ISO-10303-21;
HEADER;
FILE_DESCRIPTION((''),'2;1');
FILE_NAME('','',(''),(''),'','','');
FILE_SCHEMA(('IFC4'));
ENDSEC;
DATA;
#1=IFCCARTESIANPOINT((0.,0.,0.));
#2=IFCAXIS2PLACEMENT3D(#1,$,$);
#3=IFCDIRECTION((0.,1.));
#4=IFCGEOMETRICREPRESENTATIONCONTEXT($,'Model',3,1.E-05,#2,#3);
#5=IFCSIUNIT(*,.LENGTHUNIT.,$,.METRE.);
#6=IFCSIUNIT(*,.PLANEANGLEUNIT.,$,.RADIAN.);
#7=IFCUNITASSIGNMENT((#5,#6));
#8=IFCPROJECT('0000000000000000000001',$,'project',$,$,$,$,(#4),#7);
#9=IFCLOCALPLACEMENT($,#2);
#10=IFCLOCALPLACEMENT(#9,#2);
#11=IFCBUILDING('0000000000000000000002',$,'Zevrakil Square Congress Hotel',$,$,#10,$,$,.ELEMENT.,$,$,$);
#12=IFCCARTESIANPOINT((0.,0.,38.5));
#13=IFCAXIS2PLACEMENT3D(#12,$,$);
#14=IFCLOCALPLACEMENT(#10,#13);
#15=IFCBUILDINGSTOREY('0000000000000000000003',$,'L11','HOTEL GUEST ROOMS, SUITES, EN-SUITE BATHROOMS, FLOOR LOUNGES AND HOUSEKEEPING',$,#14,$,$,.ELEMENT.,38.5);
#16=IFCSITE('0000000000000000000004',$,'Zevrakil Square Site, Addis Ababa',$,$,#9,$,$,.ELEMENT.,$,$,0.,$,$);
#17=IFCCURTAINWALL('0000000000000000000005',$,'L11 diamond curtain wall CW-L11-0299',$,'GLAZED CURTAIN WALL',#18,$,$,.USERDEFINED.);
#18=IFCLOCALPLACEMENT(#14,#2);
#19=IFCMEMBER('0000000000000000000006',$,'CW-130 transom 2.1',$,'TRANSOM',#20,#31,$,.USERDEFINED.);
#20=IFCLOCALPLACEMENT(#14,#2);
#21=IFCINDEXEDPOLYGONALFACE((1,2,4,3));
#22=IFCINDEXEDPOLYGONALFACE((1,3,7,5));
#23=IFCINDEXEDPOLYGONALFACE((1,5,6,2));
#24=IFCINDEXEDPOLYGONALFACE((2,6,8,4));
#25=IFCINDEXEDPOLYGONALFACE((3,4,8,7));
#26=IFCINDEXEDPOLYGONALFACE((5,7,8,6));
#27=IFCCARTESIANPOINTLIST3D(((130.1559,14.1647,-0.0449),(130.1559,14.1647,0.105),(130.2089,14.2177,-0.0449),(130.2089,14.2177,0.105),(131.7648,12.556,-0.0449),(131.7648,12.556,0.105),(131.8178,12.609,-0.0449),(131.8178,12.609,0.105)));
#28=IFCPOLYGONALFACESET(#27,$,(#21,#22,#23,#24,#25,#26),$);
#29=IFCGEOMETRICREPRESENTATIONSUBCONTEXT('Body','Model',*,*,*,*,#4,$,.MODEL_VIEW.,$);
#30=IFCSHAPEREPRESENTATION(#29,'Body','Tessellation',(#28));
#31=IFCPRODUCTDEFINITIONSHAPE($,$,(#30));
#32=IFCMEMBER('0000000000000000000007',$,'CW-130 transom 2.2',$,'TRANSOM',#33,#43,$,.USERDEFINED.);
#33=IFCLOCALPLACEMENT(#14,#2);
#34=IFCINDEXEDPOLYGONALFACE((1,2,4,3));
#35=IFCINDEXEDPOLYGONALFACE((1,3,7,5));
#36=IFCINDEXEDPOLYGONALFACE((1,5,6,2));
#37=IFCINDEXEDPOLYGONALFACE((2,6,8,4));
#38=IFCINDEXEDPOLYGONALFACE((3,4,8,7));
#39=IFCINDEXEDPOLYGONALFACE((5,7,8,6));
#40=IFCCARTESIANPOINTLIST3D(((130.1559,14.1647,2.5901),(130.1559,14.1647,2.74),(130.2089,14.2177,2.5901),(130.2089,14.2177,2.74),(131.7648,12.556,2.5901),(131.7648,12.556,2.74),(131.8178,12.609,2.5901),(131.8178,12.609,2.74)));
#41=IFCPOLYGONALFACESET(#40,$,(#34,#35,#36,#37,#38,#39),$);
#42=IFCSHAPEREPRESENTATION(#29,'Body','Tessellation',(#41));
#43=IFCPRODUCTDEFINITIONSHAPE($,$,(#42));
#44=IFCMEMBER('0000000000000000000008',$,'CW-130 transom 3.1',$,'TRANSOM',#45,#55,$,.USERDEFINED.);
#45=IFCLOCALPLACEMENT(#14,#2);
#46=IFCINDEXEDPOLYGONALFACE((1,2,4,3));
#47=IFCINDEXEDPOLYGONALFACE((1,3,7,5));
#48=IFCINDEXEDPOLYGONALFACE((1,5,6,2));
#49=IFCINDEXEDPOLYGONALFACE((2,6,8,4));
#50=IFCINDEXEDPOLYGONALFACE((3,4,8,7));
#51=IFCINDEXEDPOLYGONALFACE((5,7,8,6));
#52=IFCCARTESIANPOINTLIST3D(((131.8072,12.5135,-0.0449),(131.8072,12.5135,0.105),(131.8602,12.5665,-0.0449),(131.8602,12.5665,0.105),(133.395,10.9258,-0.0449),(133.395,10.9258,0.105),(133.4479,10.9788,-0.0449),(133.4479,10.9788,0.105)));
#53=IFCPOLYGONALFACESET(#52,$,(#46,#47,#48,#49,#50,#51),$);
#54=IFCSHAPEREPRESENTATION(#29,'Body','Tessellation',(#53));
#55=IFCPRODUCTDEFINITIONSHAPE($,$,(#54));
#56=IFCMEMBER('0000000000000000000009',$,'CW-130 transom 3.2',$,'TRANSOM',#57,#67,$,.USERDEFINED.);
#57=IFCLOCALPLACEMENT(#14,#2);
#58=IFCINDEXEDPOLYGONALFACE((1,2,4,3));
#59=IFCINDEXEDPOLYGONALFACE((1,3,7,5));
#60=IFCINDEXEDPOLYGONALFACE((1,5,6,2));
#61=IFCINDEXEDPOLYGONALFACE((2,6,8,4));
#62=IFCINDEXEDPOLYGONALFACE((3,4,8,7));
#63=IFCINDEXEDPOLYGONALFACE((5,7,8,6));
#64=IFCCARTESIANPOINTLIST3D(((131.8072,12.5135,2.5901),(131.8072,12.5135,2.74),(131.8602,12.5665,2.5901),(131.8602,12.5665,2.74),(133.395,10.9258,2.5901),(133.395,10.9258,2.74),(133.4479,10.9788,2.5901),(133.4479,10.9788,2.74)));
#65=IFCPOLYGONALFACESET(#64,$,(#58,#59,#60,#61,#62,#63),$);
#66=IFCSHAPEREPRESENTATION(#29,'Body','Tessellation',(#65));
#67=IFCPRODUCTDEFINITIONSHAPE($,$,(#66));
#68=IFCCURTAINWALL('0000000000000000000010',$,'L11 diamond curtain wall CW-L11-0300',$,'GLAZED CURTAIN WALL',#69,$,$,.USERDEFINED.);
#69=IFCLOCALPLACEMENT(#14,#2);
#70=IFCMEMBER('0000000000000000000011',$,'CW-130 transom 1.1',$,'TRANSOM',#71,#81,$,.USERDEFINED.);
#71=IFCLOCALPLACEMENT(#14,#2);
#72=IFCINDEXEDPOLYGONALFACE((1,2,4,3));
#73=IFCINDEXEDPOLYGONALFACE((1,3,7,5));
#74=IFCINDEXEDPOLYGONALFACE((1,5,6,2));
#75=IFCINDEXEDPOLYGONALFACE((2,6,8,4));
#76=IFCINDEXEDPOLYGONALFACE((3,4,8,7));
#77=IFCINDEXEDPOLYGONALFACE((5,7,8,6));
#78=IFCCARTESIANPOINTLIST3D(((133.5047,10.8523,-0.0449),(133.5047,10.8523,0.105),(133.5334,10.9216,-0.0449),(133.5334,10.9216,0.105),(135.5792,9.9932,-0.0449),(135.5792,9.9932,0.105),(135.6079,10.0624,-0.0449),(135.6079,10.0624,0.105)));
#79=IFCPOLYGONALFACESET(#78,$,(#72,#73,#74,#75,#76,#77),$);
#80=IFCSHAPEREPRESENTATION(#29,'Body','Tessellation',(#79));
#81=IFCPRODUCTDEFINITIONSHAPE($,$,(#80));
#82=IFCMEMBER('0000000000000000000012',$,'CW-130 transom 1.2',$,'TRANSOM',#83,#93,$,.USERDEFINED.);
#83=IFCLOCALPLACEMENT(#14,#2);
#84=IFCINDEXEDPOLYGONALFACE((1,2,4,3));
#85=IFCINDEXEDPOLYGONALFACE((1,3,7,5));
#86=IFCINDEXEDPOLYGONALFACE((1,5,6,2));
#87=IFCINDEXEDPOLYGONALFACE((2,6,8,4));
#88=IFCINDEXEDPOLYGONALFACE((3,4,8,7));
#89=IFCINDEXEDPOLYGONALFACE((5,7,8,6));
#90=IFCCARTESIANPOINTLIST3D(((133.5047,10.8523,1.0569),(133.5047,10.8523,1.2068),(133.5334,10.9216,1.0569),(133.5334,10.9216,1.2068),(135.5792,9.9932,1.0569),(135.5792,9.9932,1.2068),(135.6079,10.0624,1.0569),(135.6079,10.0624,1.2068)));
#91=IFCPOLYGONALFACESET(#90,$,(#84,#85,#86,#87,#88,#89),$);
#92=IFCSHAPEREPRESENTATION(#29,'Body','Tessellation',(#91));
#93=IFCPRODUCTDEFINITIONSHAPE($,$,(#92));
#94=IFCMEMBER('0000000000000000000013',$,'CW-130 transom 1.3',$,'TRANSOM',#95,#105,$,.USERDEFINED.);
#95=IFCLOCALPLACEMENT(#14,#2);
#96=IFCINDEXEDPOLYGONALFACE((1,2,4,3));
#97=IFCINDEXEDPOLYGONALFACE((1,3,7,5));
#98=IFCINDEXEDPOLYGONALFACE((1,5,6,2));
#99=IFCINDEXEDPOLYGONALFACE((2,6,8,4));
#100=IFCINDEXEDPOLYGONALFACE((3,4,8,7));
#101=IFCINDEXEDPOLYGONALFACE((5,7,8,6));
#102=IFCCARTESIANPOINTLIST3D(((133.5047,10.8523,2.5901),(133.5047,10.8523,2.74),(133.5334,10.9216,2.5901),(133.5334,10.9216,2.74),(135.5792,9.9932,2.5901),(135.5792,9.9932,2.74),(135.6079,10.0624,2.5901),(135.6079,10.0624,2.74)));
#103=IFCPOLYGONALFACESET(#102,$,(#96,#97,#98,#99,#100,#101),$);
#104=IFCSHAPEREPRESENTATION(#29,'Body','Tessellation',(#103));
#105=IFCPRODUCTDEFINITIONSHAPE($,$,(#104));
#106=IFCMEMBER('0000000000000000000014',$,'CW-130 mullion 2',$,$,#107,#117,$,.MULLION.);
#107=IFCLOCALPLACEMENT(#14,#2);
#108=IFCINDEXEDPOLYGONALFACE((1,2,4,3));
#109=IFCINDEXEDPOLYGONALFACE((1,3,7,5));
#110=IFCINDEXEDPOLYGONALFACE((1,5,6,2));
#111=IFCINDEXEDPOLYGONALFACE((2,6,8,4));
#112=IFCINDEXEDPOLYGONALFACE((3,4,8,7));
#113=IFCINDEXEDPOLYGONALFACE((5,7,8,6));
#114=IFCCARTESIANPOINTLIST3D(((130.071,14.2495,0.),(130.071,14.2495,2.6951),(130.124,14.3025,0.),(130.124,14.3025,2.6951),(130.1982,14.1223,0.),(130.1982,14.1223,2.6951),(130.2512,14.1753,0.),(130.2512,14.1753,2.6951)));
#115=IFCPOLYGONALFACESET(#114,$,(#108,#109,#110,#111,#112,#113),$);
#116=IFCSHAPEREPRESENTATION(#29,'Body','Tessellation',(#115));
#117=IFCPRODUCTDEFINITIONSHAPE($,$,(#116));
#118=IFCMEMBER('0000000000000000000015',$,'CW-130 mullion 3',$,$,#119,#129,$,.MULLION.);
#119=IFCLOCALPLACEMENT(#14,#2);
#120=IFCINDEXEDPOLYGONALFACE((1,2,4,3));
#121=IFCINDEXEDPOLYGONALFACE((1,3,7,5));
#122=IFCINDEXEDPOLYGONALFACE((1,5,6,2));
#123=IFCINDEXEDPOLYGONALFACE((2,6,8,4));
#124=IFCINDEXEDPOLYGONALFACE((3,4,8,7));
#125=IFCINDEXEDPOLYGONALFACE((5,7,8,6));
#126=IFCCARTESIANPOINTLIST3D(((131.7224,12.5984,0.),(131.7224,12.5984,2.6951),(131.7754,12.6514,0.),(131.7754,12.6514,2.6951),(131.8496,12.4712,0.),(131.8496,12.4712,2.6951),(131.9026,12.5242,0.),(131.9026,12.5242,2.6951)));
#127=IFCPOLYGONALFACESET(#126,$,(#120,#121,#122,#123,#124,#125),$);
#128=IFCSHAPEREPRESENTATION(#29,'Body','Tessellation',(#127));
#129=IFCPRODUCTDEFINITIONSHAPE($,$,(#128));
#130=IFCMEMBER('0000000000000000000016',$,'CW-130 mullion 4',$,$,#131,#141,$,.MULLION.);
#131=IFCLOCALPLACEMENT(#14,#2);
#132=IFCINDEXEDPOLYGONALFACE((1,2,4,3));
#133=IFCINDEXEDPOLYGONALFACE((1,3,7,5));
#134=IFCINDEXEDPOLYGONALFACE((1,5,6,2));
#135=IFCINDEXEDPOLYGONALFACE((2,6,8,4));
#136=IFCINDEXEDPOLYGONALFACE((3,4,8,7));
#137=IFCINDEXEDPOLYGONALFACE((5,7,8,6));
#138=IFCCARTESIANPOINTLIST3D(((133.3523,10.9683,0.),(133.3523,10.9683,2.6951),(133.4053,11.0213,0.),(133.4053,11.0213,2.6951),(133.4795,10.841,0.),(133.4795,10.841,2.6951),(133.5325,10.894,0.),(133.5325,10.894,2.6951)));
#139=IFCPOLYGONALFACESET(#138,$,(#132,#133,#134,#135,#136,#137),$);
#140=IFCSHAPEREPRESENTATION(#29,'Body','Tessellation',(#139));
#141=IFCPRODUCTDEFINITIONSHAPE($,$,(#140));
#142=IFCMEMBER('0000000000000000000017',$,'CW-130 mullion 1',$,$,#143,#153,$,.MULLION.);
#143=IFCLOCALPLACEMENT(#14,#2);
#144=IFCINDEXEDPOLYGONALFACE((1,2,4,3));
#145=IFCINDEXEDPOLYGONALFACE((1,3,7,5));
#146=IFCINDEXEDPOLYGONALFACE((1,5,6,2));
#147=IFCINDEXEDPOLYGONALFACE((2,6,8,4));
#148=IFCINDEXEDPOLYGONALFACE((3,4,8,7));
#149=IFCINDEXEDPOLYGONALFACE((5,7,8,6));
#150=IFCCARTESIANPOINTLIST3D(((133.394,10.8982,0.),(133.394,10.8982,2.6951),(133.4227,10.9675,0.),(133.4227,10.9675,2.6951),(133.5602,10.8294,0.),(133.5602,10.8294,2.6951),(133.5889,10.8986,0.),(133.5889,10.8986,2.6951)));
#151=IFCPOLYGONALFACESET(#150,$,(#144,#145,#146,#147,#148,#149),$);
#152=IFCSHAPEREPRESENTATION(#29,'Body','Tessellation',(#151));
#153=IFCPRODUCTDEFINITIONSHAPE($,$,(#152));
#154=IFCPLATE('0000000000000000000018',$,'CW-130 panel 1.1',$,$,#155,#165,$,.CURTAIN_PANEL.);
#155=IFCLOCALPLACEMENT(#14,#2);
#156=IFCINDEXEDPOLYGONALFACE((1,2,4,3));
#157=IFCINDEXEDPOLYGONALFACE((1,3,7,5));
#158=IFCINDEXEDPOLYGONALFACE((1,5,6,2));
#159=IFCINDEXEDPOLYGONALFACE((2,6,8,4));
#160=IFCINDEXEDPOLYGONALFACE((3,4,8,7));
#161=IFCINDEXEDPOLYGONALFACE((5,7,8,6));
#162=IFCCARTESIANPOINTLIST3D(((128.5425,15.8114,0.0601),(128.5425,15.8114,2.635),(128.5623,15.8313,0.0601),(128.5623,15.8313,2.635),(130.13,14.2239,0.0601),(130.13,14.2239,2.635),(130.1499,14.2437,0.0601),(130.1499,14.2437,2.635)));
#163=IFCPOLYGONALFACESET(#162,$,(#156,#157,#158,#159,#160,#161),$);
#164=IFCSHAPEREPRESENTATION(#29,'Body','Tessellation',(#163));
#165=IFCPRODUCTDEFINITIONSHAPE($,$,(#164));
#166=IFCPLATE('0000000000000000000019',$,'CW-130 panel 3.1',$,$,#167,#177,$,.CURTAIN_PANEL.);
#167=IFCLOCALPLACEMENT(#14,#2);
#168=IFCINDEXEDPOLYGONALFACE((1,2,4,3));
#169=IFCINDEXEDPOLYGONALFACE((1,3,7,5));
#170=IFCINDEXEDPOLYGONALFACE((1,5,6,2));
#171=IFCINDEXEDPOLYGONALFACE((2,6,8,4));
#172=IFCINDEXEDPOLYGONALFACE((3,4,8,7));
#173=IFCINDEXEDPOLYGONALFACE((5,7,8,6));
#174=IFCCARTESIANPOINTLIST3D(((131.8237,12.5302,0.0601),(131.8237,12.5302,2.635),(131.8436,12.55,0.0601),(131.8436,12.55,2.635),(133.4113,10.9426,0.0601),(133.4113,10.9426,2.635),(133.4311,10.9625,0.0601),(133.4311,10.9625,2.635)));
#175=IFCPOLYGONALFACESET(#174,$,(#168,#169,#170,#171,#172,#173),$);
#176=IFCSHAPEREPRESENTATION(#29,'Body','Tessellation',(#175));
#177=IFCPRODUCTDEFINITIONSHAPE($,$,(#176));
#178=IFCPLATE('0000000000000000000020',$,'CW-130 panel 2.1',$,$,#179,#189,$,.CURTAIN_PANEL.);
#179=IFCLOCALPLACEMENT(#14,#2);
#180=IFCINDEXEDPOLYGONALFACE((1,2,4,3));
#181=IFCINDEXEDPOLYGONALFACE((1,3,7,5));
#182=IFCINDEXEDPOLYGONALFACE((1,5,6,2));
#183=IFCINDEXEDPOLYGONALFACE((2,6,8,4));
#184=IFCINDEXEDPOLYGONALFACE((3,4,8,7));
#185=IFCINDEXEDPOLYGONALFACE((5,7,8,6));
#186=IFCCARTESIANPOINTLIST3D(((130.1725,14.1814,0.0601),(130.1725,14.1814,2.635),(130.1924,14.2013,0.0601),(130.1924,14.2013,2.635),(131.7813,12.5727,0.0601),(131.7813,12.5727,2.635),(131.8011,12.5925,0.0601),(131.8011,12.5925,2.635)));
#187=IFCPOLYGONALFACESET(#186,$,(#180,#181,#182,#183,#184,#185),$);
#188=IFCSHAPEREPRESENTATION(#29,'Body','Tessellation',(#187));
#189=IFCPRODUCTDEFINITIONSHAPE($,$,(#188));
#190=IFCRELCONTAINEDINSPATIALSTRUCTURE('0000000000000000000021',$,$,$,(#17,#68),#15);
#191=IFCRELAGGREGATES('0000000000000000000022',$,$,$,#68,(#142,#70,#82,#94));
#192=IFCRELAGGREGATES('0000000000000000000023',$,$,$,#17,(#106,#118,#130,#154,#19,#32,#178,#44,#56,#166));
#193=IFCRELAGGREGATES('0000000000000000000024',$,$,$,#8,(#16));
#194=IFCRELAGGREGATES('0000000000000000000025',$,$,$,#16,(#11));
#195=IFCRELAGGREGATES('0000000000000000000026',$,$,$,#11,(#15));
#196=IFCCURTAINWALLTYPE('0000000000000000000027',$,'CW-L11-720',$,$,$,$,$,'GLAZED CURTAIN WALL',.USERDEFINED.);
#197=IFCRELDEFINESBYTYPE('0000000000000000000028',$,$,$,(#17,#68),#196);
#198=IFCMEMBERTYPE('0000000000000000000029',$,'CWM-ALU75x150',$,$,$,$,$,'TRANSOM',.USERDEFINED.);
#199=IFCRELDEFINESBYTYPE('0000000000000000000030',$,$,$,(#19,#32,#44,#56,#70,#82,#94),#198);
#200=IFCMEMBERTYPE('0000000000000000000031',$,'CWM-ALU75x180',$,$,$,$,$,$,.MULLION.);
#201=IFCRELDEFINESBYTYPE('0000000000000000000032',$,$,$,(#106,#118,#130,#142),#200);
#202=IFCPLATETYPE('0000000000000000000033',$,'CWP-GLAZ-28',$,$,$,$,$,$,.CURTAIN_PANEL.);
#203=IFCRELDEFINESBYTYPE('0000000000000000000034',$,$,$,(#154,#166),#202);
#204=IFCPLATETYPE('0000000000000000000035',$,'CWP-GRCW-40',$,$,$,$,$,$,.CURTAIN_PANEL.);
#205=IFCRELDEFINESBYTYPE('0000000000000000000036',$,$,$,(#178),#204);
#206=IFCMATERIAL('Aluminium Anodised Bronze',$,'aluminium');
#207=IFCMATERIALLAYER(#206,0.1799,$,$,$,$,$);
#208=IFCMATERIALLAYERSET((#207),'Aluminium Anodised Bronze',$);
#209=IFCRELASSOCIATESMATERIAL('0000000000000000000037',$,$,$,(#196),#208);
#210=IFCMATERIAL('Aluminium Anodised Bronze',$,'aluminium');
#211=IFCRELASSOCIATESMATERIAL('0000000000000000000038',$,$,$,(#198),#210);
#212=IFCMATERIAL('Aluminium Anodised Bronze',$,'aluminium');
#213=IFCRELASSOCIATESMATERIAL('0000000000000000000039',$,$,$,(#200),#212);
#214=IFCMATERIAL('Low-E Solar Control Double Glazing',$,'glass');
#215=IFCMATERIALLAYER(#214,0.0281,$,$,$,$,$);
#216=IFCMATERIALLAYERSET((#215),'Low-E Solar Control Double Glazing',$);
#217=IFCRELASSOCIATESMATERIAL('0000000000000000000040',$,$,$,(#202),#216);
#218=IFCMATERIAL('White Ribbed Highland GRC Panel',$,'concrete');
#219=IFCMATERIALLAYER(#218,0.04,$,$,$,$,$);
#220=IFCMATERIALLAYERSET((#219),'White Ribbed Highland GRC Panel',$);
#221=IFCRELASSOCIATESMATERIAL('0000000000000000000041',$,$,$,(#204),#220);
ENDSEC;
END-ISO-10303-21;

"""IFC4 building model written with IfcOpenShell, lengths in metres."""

from ifc_helpers import new_model, si_unit, direction, frame, origin, origin_2d, place, context, subcontext, project, spatial, rectangle, extrude, material, layer, layer_set, material_profile, profile_set, type_object, element, aggregate, save


model = new_model("IFC4")

# Units and contexts
model_context = context("Model", 3, precision=1e-05, world=origin(), true_north=direction((0.0, 1.0)))
body_context = subcontext(model_context, "Body", "Model", "MODEL_VIEW")
ifc_project = project(units=[si_unit("LENGTHUNIT", "METRE"), si_unit("PLANEANGLEUNIT", "RADIAN")], contexts=[model_context])

# Site, building, storey
site_placement = place(None, origin())
site = spatial("IfcSite", under=ifc_project, at=site_placement, Name="Zevrakil Square Site, Addis Ababa", CompositionType="ELEMENT", RefElevation=0.0)
building_placement = place(site_placement, origin())
building = spatial("IfcBuilding", under=site, at=building_placement, Name="Zevrakil Square Congress Hotel", CompositionType="ELEMENT")
storey_placement = place(building_placement, frame((0.0, 0.0, 38.5)))
storey = spatial("IfcBuildingStorey", under=building, at=storey_placement, Name="L11", Description="HOTEL GUEST ROOMS, SUITES, EN-SUITE BATHROOMS, FLOOR LOUNGES AND HOUSEKEEPING", CompositionType="ELEMENT", Elevation=38.5)

# Curtain walls, members
ifc_material_1 = material(Name="Aluminium Anodised Bronze", Category="aluminium")
ifc_layer_1 = layer(ifc_material_1, 0.1799)
ifc_layer_set_1 = layer_set([ifc_layer_1], Name="Aluminium Anodised Bronze")
curtain_wall_type = type_object("IfcCurtainWallType", Name="CW-L11-720", ElementType="GLAZED CURTAIN WALL", PredefinedType="USERDEFINED", material=ifc_layer_set_1)
curtain_wall_1_placement = place(storey_placement, origin())
curtain_wall_1 = element("IfcCurtainWall", 1, at=curtain_wall_1_placement, inside=storey, type_object=curtain_wall_type, Name="L11 diamond curtain wall CW-L11-0299", ObjectType="GLAZED CURTAIN WALL", PredefinedType="USERDEFINED")
ifc_material_2 = material(Name="Aluminium Anodised Bronze", Category="aluminium")
ifc_material_profile_1 = material_profile(ifc_material_2, rectangle(XDim=0.075, YDim=0.1499, at=origin_2d()), Name="ALU 75x150")
ifc_profile_set_1 = profile_set([ifc_material_profile_1], Name="Aluminium Anodised Bronze")
member_type_1 = type_object("IfcMemberType", Name="CWM-ALU75x150", ElementType="TRANSOM", PredefinedType="USERDEFINED", material=ifc_profile_set_1)
member_1_placement = place(storey_placement, frame((130.1824, 14.1912, 0.03), z_axis=(0.70716, -0.707053, 0.0), x_axis=(0.707053, 0.70716, 0.0)))
member_1 = element("IfcMember", 2, at=member_1_placement, type_object=member_type_1, Name="CW-130 transom 2.1", ObjectType="TRANSOM", PredefinedType="USERDEFINED", context=body_context, shape_type="SweptSolid", body=[
    extrude(rectangle(XDim=0.075, YDim=0.1499, at=origin_2d()), origin(), (0.0, 0.0, 1.0), 2.2751),
])
member_2_placement = place(storey_placement, frame((130.1824, 14.1912, 2.665), z_axis=(0.70716, -0.707053, 0.0), x_axis=(0.707053, 0.70716, 0.0)))
member_2 = element("IfcMember", 3, at=member_2_placement, type_object=member_type_1, Name="CW-130 transom 2.2", ObjectType="TRANSOM", PredefinedType="USERDEFINED", context=body_context, shape_type="SweptSolid", body=[
    extrude(rectangle(XDim=0.075, YDim=0.1499, at=origin_2d()), origin(), (0.0, 0.0, 1.0), 2.2751),
])
member_3_placement = place(storey_placement, frame((131.8337, 12.54, 0.03), z_axis=(0.707107, -0.707107, 0.0), x_axis=(0.707107, 0.707107, 0.0)))
member_3 = element("IfcMember", 4, at=member_3_placement, type_object=member_type_1, Name="CW-130 transom 3.1", ObjectType="TRANSOM", PredefinedType="USERDEFINED", context=body_context, shape_type="SweptSolid", body=[
    extrude(rectangle(XDim=0.075, YDim=0.1499, at=origin_2d()), origin(), (0.0, 0.0, 1.0), 2.2454),
])
member_4_placement = place(storey_placement, frame((131.8337, 12.54, 2.665), z_axis=(0.707107, -0.707107, 0.0), x_axis=(0.707107, 0.707107, 0.0)))
member_4 = element("IfcMember", 5, at=member_4_placement, type_object=member_type_1, Name="CW-130 transom 3.2", ObjectType="TRANSOM", PredefinedType="USERDEFINED", context=body_context, shape_type="SweptSolid", body=[
    extrude(rectangle(XDim=0.075, YDim=0.1499, at=origin_2d()), origin(), (0.0, 0.0, 1.0), 2.2454),
])
curtain_wall_2_placement = place(storey_placement, origin())
curtain_wall_2 = element("IfcCurtainWall", 6, at=curtain_wall_2_placement, inside=storey, type_object=curtain_wall_type, Name="L11 diamond curtain wall CW-L11-0300", ObjectType="GLAZED CURTAIN WALL", PredefinedType="USERDEFINED")
member_5_placement = place(storey_placement, frame((133.519, 10.887, 0.03), z_axis=(0.923902, -0.38263, 0.0), x_axis=(0.38263, 0.923902, 0.0)))
member_5 = element("IfcMember", 7, at=member_5_placement, type_object=member_type_1, Name="CW-130 transom 1.1", ObjectType="TRANSOM", PredefinedType="USERDEFINED", context=body_context, shape_type="SweptSolid", body=[
    extrude(rectangle(XDim=0.075, YDim=0.1499, at=origin_2d()), origin(), (0.0, 0.0, 1.0), 2.2454),
])
member_6_placement = place(storey_placement, frame((133.519, 10.887, 1.1318), z_axis=(0.923902, -0.38263, 0.0), x_axis=(0.38263, 0.923902, 0.0)))
member_6 = element("IfcMember", 8, at=member_6_placement, type_object=member_type_1, Name="CW-130 transom 1.2", ObjectType="TRANSOM", PredefinedType="USERDEFINED", context=body_context, shape_type="SweptSolid", body=[
    extrude(rectangle(XDim=0.075, YDim=0.1499, at=origin_2d()), origin(), (0.0, 0.0, 1.0), 2.2454),
])
member_7_placement = place(storey_placement, frame((133.519, 10.887, 2.665), z_axis=(0.923902, -0.38263, 0.0), x_axis=(0.38263, 0.923902, 0.0)))
member_7 = element("IfcMember", 9, at=member_7_placement, type_object=member_type_1, Name="CW-130 transom 1.3", ObjectType="TRANSOM", PredefinedType="USERDEFINED", context=body_context, shape_type="SweptSolid", body=[
    extrude(rectangle(XDim=0.075, YDim=0.1499, at=origin_2d()), origin(), (0.0, 0.0, 1.0), 2.2454),
])

# Members
ifc_material_3 = material(Name="Aluminium Anodised Bronze", Category="aluminium")
ifc_material_profile_2 = material_profile(ifc_material_3, rectangle(XDim=0.075, YDim=0.1799, at=origin_2d()), Name="ALU 75x180")
ifc_profile_set_2 = profile_set([ifc_material_profile_2], Name="Aluminium Anodised Bronze")
member_type_2 = type_object("IfcMemberType", Name="CWM-ALU75x180", PredefinedType="MULLION", material=ifc_profile_set_2)
member_8_placement = place(storey_placement, frame((130.1611, 14.2124, 0.0), z_axis=(0.0, 0.0, 1.0), x_axis=(0.707107, 0.707107, 0.0)))
member_8 = element("IfcMember", 10, at=member_8_placement, type_object=member_type_2, Name="CW-130 mullion 2", PredefinedType="MULLION", context=body_context, shape_type="SweptSolid", body=[
    extrude(rectangle(XDim=0.075, YDim=0.1799, at=origin_2d()), origin(), (0.0, 0.0, 1.0), 2.6951),
])
member_9_placement = place(storey_placement, frame((131.8125, 12.5613, 0.0), z_axis=(0.0, 0.0, 1.0), x_axis=(0.707107, 0.707107, 0.0)))
member_9 = element("IfcMember", 11, at=member_9_placement, type_object=member_type_2, Name="CW-130 mullion 3", PredefinedType="MULLION", context=body_context, shape_type="SweptSolid", body=[
    extrude(rectangle(XDim=0.075, YDim=0.1799, at=origin_2d()), origin(), (0.0, 0.0, 1.0), 2.6951),
])
member_10_placement = place(storey_placement, frame((133.4424, 10.9312, 0.0), z_axis=(0.0, 0.0, 1.0), x_axis=(0.707107, 0.707107, 0.0)))
member_10 = element("IfcMember", 12, at=member_10_placement, type_object=member_type_2, Name="CW-130 mullion 4", PredefinedType="MULLION", context=body_context, shape_type="SweptSolid", body=[
    extrude(rectangle(XDim=0.075, YDim=0.1799, at=origin_2d()), origin(), (0.0, 0.0, 1.0), 2.6951),
])
member_11_placement = place(storey_placement, frame((133.4915, 10.8984, 0.0), z_axis=(0.0, 0.0, 1.0), x_axis=(0.382684, 0.923879, 0.0)))
member_11 = element("IfcMember", 13, at=member_11_placement, type_object=member_type_2, Name="CW-130 mullion 1", PredefinedType="MULLION", context=body_context, shape_type="SweptSolid", body=[
    extrude(rectangle(XDim=0.075, YDim=0.1799, at=origin_2d()), origin(), (0.0, 0.0, 1.0), 2.6951),
])
aggregate(curtain_wall_2, [member_11, member_5, member_6, member_7])

# Plates
ifc_material_4 = material(Name="Low-E Solar Control Double Glazing", Category="glass")
ifc_layer_2 = layer(ifc_material_4, 0.0281)
ifc_layer_set_2 = layer_set([ifc_layer_2], Name="Low-E Solar Control Double Glazing")
plate_type_1 = type_object("IfcPlateType", Name="CWP-GLAZ-28", PredefinedType="CURTAIN_PANEL", material=ifc_layer_set_2)
plate_1_placement = place(storey_placement, frame((129.3462, 15.0276, 0.0601), z_axis=(0.0, 0.0, 1.0), x_axis=(0.707107, -0.707107, 0.0)))
plate_1 = element("IfcPlate", 14, at=plate_1_placement, type_object=plate_type_1, Name="CW-130 panel 1.1", PredefinedType="CURTAIN_PANEL", context=body_context, shape_type="SweptSolid", body=[
    extrude(rectangle(XDim=2.2451, YDim=0.0281, at=origin_2d()), origin(), (0.0, 0.0, 1.0), 2.575),
])
plate_2_placement = place(storey_placement, frame((132.6274, 11.7463, 0.0601), z_axis=(0.0, 0.0, 1.0), x_axis=(0.707107, -0.707107, 0.0)))
plate_2 = element("IfcPlate", 15, at=plate_2_placement, type_object=plate_type_1, Name="CW-130 panel 3.1", PredefinedType="CURTAIN_PANEL", context=body_context, shape_type="SweptSolid", body=[
    extrude(rectangle(XDim=2.2451, YDim=0.0281, at=origin_2d()), origin(), (0.0, 0.0, 1.0), 2.575),
])
ifc_material_5 = material(Name="White Ribbed Highland GRC Panel", Category="concrete")
ifc_layer_3 = layer(ifc_material_5, 0.04)
ifc_layer_set_3 = layer_set([ifc_layer_3], Name="White Ribbed Highland GRC Panel")
plate_type_2 = type_object("IfcPlateType", Name="CWP-GRCW-40", PredefinedType="CURTAIN_PANEL", material=ifc_layer_set_3)
plate_3_placement = place(storey_placement, frame((130.9868, 13.387, 0.0601), z_axis=(0.0, 0.0, 1.0), x_axis=(0.707107, -0.707107, 0.0)))
plate_3 = element("IfcPlate", 16, at=plate_3_placement, type_object=plate_type_2, Name="CW-130 panel 2.1", PredefinedType="CURTAIN_PANEL", context=body_context, shape_type="SweptSolid", body=[
    extrude(rectangle(XDim=2.2751, YDim=0.0281, at=origin_2d()), origin(), (0.0, 0.0, 1.0), 2.575),
])
aggregate(curtain_wall_1, [member_8, member_9, member_10, plate_1, member_1, member_2, plate_3, member_3, member_4, plate_2])

save(model, "model.ifc")
